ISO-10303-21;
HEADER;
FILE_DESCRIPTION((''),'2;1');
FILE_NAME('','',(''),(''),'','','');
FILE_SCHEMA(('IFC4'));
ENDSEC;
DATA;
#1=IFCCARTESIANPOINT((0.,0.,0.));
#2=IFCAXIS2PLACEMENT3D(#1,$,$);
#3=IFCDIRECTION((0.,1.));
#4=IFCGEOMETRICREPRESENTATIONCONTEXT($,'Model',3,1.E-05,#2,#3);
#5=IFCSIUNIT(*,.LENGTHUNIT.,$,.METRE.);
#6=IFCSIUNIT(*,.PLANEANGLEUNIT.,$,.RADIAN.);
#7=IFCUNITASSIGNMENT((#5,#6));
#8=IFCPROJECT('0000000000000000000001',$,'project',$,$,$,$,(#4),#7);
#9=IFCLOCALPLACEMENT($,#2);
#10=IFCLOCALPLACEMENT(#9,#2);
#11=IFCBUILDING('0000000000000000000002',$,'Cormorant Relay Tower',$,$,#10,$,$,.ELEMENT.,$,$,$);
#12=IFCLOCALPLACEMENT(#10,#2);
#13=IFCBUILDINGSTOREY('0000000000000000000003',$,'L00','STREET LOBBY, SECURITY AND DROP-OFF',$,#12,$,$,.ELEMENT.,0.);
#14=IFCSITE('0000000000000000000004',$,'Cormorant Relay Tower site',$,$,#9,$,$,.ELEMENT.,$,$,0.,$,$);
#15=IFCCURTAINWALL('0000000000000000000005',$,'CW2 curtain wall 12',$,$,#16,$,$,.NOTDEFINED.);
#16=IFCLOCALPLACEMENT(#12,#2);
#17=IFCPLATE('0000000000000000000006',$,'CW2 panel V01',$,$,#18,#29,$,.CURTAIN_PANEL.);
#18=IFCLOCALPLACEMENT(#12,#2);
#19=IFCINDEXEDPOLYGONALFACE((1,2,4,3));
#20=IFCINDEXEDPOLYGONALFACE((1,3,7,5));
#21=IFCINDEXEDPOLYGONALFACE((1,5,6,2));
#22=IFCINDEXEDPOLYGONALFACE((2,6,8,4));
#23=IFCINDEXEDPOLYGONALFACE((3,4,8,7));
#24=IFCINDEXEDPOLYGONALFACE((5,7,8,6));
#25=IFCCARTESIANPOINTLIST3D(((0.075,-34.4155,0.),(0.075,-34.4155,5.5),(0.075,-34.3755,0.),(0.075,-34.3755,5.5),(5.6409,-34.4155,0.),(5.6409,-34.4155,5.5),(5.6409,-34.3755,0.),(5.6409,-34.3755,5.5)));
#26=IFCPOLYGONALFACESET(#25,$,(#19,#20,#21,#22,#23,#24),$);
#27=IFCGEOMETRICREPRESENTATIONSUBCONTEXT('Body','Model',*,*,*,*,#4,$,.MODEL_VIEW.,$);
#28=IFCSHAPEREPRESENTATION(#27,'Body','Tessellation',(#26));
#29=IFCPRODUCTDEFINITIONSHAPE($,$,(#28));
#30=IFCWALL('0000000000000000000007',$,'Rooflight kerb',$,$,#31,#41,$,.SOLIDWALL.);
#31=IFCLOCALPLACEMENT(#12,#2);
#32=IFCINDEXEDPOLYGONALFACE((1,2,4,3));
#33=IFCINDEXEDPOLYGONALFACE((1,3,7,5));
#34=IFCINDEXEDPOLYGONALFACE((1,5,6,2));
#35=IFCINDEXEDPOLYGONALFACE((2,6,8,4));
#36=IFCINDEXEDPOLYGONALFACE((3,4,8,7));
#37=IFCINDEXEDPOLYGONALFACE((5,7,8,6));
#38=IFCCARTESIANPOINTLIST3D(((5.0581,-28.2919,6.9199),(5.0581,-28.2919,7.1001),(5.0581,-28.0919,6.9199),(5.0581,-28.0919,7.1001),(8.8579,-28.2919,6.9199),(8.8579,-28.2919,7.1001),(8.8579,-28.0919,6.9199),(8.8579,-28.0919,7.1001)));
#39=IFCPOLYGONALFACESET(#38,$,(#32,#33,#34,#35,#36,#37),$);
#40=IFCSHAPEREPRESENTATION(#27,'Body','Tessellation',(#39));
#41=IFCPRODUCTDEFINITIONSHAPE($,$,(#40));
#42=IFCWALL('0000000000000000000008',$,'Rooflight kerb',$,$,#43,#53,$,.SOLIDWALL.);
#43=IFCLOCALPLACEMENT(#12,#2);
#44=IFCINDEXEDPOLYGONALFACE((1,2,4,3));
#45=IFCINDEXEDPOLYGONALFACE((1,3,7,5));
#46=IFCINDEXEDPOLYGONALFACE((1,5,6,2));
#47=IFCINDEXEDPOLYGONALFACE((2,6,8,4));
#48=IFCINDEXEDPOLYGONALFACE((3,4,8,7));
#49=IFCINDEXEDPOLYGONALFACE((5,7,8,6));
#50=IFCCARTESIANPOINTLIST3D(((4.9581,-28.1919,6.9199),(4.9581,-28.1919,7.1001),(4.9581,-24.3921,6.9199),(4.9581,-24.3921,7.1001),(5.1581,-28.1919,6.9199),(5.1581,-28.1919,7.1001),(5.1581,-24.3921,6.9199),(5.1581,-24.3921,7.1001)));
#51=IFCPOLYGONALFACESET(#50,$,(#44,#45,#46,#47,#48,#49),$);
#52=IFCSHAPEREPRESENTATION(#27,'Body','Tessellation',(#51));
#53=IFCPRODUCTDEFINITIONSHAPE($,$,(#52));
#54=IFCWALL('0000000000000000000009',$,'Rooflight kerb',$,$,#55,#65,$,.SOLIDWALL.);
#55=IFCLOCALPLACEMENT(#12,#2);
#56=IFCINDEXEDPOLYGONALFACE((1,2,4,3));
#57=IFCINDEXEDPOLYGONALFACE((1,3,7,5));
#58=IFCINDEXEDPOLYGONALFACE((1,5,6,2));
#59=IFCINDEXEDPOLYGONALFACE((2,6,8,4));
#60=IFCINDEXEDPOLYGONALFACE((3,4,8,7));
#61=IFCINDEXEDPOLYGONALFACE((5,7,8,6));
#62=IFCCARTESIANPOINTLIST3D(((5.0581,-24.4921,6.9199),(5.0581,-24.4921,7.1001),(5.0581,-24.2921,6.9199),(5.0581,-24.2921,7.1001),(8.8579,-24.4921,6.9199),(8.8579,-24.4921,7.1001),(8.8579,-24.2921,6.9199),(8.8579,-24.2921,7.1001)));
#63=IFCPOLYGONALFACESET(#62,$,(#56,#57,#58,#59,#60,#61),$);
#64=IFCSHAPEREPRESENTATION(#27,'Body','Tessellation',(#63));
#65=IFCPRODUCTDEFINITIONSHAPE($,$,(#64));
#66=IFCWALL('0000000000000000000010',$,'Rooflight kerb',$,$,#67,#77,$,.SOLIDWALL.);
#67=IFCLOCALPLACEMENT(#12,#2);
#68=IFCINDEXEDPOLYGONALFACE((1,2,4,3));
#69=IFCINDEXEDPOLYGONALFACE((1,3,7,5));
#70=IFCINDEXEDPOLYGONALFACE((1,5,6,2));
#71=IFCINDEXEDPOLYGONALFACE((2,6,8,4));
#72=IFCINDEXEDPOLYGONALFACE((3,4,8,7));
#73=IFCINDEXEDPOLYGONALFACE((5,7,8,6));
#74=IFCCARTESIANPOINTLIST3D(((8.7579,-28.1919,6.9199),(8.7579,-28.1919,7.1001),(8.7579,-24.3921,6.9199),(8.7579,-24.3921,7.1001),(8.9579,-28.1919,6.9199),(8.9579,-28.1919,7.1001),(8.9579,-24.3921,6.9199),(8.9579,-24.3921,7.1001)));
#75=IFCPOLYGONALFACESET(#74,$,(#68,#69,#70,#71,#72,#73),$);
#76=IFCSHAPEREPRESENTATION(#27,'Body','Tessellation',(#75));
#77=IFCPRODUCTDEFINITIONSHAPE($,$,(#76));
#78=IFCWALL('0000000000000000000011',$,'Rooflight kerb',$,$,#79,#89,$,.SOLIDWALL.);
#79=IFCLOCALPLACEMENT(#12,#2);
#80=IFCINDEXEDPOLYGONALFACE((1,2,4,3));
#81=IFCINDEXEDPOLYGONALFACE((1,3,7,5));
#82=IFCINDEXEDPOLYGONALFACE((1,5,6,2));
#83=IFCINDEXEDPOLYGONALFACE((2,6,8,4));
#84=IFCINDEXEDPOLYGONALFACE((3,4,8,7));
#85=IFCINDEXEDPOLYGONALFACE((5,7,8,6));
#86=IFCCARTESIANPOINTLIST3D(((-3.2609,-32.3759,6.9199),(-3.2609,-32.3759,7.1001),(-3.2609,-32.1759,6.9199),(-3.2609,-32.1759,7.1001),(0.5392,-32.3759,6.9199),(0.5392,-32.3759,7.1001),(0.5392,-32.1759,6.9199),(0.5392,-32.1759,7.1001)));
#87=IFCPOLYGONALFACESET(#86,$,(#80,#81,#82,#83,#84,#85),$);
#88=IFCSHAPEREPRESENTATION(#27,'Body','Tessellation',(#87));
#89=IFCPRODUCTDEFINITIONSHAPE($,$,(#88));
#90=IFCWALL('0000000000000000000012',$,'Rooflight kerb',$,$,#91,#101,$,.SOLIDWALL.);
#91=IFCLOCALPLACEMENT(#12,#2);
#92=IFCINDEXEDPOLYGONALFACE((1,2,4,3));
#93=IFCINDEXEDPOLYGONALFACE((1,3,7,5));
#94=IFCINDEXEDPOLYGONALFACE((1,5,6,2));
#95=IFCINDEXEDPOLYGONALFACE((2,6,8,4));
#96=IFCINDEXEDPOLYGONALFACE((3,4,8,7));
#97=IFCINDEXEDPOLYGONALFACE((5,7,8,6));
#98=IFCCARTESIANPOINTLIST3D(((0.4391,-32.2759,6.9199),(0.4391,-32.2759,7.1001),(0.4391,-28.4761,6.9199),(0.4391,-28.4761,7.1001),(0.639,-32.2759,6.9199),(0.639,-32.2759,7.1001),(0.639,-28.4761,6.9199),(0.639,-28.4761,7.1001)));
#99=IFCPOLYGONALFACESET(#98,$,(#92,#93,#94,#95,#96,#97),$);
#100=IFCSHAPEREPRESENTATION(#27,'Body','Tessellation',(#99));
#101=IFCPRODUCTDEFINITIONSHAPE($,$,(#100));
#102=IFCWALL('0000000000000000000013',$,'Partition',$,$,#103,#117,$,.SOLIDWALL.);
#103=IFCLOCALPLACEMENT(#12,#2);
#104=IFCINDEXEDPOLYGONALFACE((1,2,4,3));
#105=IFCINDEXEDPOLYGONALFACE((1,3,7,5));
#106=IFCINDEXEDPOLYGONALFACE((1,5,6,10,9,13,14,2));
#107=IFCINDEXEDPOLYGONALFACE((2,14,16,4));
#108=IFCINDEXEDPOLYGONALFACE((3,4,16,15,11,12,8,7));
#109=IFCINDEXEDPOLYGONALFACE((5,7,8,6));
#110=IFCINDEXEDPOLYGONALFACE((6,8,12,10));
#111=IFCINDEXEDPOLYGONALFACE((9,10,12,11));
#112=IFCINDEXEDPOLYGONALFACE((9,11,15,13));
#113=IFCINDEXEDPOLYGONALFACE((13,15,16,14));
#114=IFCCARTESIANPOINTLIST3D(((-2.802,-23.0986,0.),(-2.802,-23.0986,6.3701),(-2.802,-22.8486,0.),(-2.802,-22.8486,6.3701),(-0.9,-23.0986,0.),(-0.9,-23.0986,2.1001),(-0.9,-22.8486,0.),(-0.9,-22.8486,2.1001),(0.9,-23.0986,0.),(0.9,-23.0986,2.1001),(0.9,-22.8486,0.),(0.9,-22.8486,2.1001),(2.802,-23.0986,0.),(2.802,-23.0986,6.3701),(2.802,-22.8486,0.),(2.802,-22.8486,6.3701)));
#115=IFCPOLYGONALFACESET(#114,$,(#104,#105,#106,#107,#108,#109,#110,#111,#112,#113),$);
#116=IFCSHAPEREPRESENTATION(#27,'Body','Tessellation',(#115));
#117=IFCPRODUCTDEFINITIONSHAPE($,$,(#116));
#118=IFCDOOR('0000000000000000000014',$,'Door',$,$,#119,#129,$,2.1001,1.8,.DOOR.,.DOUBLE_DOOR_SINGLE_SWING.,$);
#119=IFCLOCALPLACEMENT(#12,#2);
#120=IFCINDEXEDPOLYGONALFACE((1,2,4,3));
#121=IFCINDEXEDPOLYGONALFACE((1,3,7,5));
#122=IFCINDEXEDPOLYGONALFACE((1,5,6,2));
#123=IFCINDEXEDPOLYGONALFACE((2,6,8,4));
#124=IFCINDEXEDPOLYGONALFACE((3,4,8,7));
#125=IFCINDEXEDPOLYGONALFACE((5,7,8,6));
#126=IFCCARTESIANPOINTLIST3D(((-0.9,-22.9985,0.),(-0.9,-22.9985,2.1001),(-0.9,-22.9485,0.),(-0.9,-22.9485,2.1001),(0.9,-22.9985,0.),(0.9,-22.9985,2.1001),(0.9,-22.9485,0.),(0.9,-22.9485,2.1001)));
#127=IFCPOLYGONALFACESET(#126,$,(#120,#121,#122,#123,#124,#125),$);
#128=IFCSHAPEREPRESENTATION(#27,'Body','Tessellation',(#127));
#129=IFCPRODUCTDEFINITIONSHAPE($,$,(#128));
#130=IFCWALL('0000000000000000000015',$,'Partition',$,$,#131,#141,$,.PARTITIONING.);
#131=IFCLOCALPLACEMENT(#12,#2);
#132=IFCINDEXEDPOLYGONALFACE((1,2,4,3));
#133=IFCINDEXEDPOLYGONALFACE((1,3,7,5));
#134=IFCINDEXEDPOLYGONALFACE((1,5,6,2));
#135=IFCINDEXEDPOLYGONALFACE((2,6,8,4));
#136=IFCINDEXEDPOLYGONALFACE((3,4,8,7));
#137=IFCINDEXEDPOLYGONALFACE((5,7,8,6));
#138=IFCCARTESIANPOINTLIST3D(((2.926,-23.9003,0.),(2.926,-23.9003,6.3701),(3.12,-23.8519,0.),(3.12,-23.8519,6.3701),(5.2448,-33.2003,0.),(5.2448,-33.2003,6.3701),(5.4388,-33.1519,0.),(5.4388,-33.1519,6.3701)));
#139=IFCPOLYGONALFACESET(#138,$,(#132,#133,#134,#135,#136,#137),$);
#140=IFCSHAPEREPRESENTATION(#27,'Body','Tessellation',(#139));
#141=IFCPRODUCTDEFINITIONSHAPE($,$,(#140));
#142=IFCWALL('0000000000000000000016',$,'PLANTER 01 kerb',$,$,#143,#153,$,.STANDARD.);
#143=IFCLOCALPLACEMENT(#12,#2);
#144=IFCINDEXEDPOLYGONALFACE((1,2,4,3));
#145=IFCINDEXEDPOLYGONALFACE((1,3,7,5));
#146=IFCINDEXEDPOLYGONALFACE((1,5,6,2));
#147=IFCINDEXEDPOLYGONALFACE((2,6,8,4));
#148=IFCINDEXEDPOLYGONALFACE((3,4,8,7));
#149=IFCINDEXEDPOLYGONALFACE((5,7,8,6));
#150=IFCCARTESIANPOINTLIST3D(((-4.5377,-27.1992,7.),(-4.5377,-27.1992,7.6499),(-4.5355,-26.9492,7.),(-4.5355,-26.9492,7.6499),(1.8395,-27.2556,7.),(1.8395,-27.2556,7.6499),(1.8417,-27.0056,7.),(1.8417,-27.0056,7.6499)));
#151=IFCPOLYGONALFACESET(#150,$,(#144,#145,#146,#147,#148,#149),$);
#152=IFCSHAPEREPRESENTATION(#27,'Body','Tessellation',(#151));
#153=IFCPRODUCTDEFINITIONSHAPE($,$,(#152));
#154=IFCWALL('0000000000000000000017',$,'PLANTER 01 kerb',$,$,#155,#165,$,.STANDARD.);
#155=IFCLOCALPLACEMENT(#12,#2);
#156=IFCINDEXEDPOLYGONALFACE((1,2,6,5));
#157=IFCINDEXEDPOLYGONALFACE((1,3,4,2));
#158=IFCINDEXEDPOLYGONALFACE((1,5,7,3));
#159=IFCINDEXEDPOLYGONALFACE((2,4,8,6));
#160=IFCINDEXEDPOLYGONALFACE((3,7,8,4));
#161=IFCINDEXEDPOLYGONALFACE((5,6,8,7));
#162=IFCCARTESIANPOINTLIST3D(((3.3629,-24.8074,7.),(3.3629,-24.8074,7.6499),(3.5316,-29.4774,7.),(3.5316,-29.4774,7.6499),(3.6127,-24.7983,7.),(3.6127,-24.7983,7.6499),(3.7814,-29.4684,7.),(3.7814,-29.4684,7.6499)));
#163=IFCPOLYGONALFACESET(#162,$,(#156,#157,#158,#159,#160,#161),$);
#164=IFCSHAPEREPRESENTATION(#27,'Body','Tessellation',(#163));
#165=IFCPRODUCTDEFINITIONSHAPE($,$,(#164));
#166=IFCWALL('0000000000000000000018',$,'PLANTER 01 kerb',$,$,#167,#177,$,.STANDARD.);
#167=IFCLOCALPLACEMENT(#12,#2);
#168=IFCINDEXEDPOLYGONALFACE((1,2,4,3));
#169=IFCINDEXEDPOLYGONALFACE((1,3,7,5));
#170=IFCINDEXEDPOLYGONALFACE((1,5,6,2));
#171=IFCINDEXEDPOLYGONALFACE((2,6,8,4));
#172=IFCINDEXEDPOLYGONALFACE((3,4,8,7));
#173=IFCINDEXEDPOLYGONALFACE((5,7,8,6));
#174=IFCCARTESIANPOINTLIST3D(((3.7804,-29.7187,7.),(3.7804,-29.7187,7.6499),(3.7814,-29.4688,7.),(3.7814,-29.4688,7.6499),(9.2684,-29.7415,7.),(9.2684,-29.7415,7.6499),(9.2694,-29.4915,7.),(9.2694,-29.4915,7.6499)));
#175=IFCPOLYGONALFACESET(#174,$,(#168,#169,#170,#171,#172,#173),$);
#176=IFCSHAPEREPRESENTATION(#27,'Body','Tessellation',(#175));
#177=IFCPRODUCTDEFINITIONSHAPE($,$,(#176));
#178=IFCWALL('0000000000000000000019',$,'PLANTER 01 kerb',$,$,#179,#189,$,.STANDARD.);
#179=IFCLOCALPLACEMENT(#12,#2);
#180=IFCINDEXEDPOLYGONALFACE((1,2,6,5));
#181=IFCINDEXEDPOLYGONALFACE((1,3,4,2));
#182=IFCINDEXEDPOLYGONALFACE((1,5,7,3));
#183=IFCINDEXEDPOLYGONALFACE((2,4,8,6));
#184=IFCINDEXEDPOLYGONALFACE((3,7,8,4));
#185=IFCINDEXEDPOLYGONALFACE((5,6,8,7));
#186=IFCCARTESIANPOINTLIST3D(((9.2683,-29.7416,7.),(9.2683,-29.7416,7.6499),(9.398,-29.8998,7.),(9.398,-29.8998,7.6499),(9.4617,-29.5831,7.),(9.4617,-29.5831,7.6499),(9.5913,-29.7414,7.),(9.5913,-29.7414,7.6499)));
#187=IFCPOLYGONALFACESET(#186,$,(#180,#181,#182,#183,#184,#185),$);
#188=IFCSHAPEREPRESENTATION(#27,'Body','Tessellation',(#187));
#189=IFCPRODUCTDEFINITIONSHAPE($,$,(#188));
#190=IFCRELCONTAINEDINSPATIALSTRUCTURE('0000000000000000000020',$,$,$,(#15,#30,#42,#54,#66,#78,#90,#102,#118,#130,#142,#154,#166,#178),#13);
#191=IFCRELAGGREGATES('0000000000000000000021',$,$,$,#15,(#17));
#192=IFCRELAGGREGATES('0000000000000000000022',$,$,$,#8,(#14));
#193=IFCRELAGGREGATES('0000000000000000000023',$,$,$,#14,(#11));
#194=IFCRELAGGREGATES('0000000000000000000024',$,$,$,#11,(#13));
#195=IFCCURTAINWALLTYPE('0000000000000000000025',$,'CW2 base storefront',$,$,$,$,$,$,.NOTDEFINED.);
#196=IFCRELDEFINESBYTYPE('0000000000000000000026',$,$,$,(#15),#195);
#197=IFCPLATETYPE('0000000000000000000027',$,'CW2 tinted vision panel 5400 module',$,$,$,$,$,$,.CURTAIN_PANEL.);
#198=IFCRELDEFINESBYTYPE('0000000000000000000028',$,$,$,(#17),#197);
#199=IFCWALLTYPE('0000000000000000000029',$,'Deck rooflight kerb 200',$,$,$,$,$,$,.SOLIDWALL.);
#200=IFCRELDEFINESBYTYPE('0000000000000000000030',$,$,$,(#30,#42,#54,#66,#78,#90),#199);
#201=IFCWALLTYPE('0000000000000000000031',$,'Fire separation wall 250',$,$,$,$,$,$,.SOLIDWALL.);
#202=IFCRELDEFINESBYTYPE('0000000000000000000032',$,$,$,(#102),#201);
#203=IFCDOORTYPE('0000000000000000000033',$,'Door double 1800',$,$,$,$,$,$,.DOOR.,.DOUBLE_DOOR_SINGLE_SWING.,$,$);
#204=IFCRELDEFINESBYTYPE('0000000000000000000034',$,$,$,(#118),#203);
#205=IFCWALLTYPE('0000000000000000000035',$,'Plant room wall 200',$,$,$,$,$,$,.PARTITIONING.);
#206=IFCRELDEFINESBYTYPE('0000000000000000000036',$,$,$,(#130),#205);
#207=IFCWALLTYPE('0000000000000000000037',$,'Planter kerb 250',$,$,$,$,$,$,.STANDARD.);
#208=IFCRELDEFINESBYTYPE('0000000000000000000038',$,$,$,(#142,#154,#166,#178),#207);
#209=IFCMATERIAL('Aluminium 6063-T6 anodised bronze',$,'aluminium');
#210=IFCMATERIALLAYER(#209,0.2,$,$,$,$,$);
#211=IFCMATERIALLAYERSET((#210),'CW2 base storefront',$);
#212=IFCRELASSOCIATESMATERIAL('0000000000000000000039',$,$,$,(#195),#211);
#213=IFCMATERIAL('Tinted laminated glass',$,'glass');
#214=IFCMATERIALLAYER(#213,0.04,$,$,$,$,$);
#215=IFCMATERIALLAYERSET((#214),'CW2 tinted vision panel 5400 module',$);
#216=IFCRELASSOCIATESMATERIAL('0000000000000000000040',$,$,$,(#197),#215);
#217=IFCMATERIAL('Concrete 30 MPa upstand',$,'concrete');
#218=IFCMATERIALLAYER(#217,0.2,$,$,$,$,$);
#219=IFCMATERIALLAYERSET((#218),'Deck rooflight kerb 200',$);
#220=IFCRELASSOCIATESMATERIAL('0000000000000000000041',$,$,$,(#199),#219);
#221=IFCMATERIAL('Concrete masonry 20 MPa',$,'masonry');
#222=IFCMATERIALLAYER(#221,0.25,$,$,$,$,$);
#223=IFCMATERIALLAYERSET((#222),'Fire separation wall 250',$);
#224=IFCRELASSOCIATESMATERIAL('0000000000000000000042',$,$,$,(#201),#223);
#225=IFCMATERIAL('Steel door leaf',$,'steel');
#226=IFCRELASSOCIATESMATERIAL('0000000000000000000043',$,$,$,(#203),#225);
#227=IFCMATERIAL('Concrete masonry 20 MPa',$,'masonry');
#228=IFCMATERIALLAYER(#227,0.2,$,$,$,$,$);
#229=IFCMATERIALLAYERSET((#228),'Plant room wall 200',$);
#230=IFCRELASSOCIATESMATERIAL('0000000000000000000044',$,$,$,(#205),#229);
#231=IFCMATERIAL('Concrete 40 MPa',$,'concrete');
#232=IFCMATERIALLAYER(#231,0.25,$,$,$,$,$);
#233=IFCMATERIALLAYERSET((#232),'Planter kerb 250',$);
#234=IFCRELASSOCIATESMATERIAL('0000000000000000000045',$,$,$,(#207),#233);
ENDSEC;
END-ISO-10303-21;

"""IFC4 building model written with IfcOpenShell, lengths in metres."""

from ifc_helpers import new_model, si_unit, direction, frame, frame_2d, origin, origin_2d, place, context, subcontext, project, spatial, rectangle, extrude, material, layer, layer_set, type_object, element, fill, aggregate, save


model = new_model("IFC4")

# Units and contexts
model_context = context("Model", 3, precision=1e-05, world=origin(), true_north=direction((0.0, 1.0)))
body_context = subcontext(model_context, "Body", "Model", "MODEL_VIEW")
ifc_project = project(units=[si_unit("LENGTHUNIT", "METRE"), si_unit("PLANEANGLEUNIT", "RADIAN")], contexts=[model_context])

# Site, building, storey
site_placement = place(None, origin())
site = spatial("IfcSite", under=ifc_project, at=site_placement, Name="Cormorant Relay Tower site", CompositionType="ELEMENT", RefElevation=0.0)
building_placement = place(site_placement, origin())
building = spatial("IfcBuilding", under=site, at=building_placement, Name="Cormorant Relay Tower", CompositionType="ELEMENT")
storey_placement = place(building_placement, origin())
storey = spatial("IfcBuildingStorey", under=building, at=storey_placement, Name="L00", Description="STREET LOBBY, SECURITY AND DROP-OFF", CompositionType="ELEMENT", Elevation=0.0)

# Curtain wall
ifc_material_1 = material(Name="Aluminium 6063-T6 anodised bronze", Category="aluminium")
ifc_layer_1 = layer(ifc_material_1, 0.2)
ifc_layer_set_1 = layer_set([ifc_layer_1], Name="CW2 base storefront")
curtain_wall_type = type_object("IfcCurtainWallType", Name="CW2 base storefront", PredefinedType="NOTDEFINED", material=ifc_layer_set_1)
curtain_wall_1_placement = place(storey_placement, origin())
curtain_wall_1 = element("IfcCurtainWall", 1, at=curtain_wall_1_placement, inside=storey, type_object=curtain_wall_type, Name="CW2 curtain wall 12", PredefinedType="NOTDEFINED")

# Plate
ifc_material_2 = material(Name="Tinted laminated glass", Category="glass")
ifc_layer_2 = layer(ifc_material_2, 0.04)
ifc_layer_set_2 = layer_set([ifc_layer_2], Name="CW2 tinted vision panel 5400 module")
plate_type = type_object("IfcPlateType", Name="CW2 tinted vision panel 5400 module", PredefinedType="CURTAIN_PANEL", material=ifc_layer_set_2)
plate_1_placement = place(storey_placement, frame((2.8579, -34.3955, 0.0), z_axis=(0.0, 0.0, 1.0), x_axis=(1.0, 0.0, 0.0)))
plate_1 = element("IfcPlate", 2, at=plate_1_placement, type_object=plate_type, Name="CW2 panel V01", PredefinedType="CURTAIN_PANEL", context=body_context, shape_type="SweptSolid", body=[
    extrude(rectangle(XDim=5.5659, YDim=0.04, at=origin_2d()), origin(), (0.0, 0.0, 1.0), 5.5),
])
aggregate(curtain_wall_1, [plate_1])

# Walls
ifc_material_3 = material(Name="Concrete 30 MPa upstand", Category="concrete")
ifc_layer_3 = layer(ifc_material_3, 0.2)
ifc_layer_set_3 = layer_set([ifc_layer_3], Name="Deck rooflight kerb 200")
wall_type_1 = type_object("IfcWallType", Name="Deck rooflight kerb 200", PredefinedType="SOLIDWALL", material=ifc_layer_set_3)
for number, where, z_axis, x_axis, name in (
    (3, (8.8579, -28.1919, 6.9199), (0.0, 0.0, 1.0), (-1.0, 0.0, 0.0), "Rooflight kerb"),
    (4, (5.0581, -28.1919, 6.9199), (0.0, 0.0, 1.0), (0.0, 1.0, 0.0), "Rooflight kerb"),
    (5, (5.0581, -24.3921, 6.9199), (0.0, 0.0, 1.0), (1.0, 0.0, 0.0), "Rooflight kerb"),
    (6, (8.8579, -24.3921, 6.9199), (0.0, 0.0, 1.0), (0.0, -1.0, 0.0), "Rooflight kerb"),
):
    element("IfcWall", number, at=place(storey_placement, frame(where, z_axis=z_axis, x_axis=x_axis)), inside=storey, type_object=wall_type_1, Name=name, PredefinedType="SOLIDWALL", context=body_context, shape_type="SweptSolid", body=[
        extrude(rectangle(XDim=3.7998, YDim=0.2, at=frame_2d((1.8999, 0.0))), origin(), (0.0, 0.0, 1.0), 0.1802),
    ])
wall_1_placement = place(storey_placement, frame((0.5391, -32.2759, 6.9199), z_axis=(0.0, 0.0, 1.0), x_axis=(-1.0, 0.0, 0.0)))
element("IfcWall", 7, at=wall_1_placement, inside=storey, type_object=wall_type_1, Name="Rooflight kerb", PredefinedType="SOLIDWALL", context=body_context, shape_type="SweptSolid", body=[
    extrude(rectangle(XDim=3.8, YDim=0.2, at=frame_2d((1.8999, 0.0))), origin(), (0.0, 0.0, 1.0), 0.1802),
])
wall_2_placement = place(storey_placement, frame((0.5391, -28.4761, 6.9199), z_axis=(0.0, 0.0, 1.0), x_axis=(0.0, -1.0, 0.0)))
element("IfcWall", 8, at=wall_2_placement, inside=storey, type_object=wall_type_1, Name="Rooflight kerb", PredefinedType="SOLIDWALL", context=body_context, shape_type="SweptSolid", body=[
    extrude(rectangle(XDim=3.7998, YDim=0.2, at=frame_2d((1.8999, 0.0))), origin(), (0.0, 0.0, 1.0), 0.1802),
])

# Wall, opening, door
ifc_material_4 = material(Name="Concrete masonry 20 MPa", Category="masonry")
ifc_layer_4 = layer(ifc_material_4, 0.25)
ifc_layer_set_4 = layer_set([ifc_layer_4], Name="Fire separation wall 250")
wall_type_2 = type_object("IfcWallType", Name="Fire separation wall 250", PredefinedType="SOLIDWALL", material=ifc_layer_set_4)
wall_3_placement = place(storey_placement, frame((2.802, -22.9736, 0.0), z_axis=(0.0, 0.0, 1.0), x_axis=(-1.0, 0.0, 0.0)))
wall_3 = element("IfcWall", 9, at=wall_3_placement, inside=storey, type_object=wall_type_2, Name="Partition", PredefinedType="SOLIDWALL", context=body_context, shape_type="SweptSolid", body=[
    extrude(rectangle(XDim=5.604, YDim=0.25, at=frame_2d((2.802, 0.0))), origin(), (0.0, 0.0, 1.0), 6.3701),
])
opening_placement = place(wall_3_placement, frame((1.9021, 0.0, 0.0)))
opening = element("IfcOpeningElement", 10, at=opening_placement, cuts=wall_3, PredefinedType="OPENING", context=body_context, shape_type="SweptSolid", body=[
    extrude(rectangle(XDim=1.8, YDim=2.1001, at=frame_2d((0.8999, 1.05))), frame((0.0, 0.135, 0.0), z_axis=(0.0, -1.0, 0.0), x_axis=(1.0, 0.0, 0.0)), (0.0, 0.0, 1.0), 0.27),
])
ifc_material_5 = material(Name="Steel door leaf", Category="steel")
door_type = type_object("IfcDoorType", Name="Door double 1800", OperationType="DOUBLE_DOOR_SINGLE_SWING", PredefinedType="DOOR", material=ifc_material_5)
door_placement = place(opening_placement, origin())
door = element("IfcDoor", 11, at=door_placement, inside=storey, type_object=door_type, Name="Door", OperationType="DOUBLE_DOOR_SINGLE_SWING", OverallHeight=2.1001, OverallWidth=1.8, PredefinedType="DOOR", context=body_context, shape_type="SweptSolid", body=[
    extrude(rectangle(XDim=1.8, YDim=2.1001, at=frame_2d((0.8999, 1.05))), frame((0.0, 0.0249, 0.0), z_axis=(0.0, -1.0, 0.0), x_axis=(1.0, 0.0, 0.0)), (0.0, 0.0, 1.0), 0.05),
])
fill(opening, door)

# Walls
ifc_material_6 = material(Name="Concrete masonry 20 MPa", Category="masonry")
ifc_layer_5 = layer(ifc_material_6, 0.2)
ifc_layer_set_5 = layer_set([ifc_layer_5], Name="Plant room wall 200")
wall_type_3 = type_object("IfcWallType", Name="Plant room wall 200", PredefinedType="PARTITIONING", material=ifc_layer_set_5)
wall_4_placement = place(storey_placement, frame((3.0229, -23.876, 0.0), z_axis=(0.0, 0.0, 1.0), x_axis=(0.24193, -0.970294, 0.0)))
element("IfcWall", 12, at=wall_4_placement, inside=storey, type_object=wall_type_3, Name="Partition", PredefinedType="PARTITIONING", context=body_context, shape_type="SweptSolid", body=[
    extrude(rectangle(XDim=9.5847, YDim=0.2, at=frame_2d((4.7925, 0.0))), origin(), (0.0, 0.0, 1.0), 6.3701),
])
ifc_material_7 = material(Name="Concrete 40 MPa", Category="concrete")
ifc_layer_6 = layer(ifc_material_7, 0.25)
ifc_layer_set_6 = layer_set([ifc_layer_6], Name="Planter kerb 250")
wall_type_4 = type_object("IfcWallType", Name="Planter kerb 250", PredefinedType="STANDARD", material=ifc_layer_set_6)
wall_5_placement = place(storey_placement, frame((1.8406, -27.1306, 7.0), z_axis=(0.0, 0.0, 1.0), x_axis=(-0.999961, 0.008843, 0.0)))
element("IfcWall", 13, at=wall_5_placement, inside=storey, type_object=wall_type_4, Name="PLANTER 01 kerb", PredefinedType="STANDARD", context=body_context, shape_type="SweptSolid", body=[
    extrude(rectangle(XDim=6.3774, YDim=0.25, at=frame_2d((3.1887, 0.0))), origin(), (0.0, 0.0, 1.0), 0.6499),
])
wall_6_placement = place(storey_placement, frame((3.4878, -24.803, 7.0), z_axis=(0.0, 0.0, 1.0), x_axis=(0.0361, -0.999348, 0.0)))
element("IfcWall", 14, at=wall_6_placement, inside=storey, type_object=wall_type_4, Name="PLANTER 01 kerb", PredefinedType="STANDARD", context=body_context, shape_type="SweptSolid", body=[
    extrude(rectangle(XDim=4.6731, YDim=0.25, at=frame_2d((2.3364, 0.0))), origin(), (0.0, 0.0, 1.0), 0.6499),
])
wall_7_placement = place(storey_placement, frame((3.7808, -29.5938, 7.0), z_axis=(0.0, 0.0, 1.0), x_axis=(0.999991, -0.004137, 0.0)))
element("IfcWall", 15, at=wall_7_placement, inside=storey, type_object=wall_type_4, Name="PLANTER 01 kerb", PredefinedType="STANDARD", context=body_context, shape_type="SweptSolid", body=[
    extrude(rectangle(XDim=5.488, YDim=0.25, at=frame_2d((2.7441, 0.0))), origin(), (0.0, 0.0, 1.0), 0.6499),
])
wall_8_placement = place(storey_placement, frame((9.365, -29.6624, 7.0), z_axis=(0.0, 0.0, 1.0), x_axis=(0.633823, -0.773478, 0.0)))
element("IfcWall", 16, at=wall_8_placement, inside=storey, type_object=wall_type_4, Name="PLANTER 01 kerb", PredefinedType="STANDARD", context=body_context, shape_type="SweptSolid", body=[
    extrude(rectangle(XDim=0.2046, YDim=0.25, at=frame_2d((0.1023, 0.0))), origin(), (0.0, 0.0, 1.0), 0.6499),
])

save(model, "model.ifc")
